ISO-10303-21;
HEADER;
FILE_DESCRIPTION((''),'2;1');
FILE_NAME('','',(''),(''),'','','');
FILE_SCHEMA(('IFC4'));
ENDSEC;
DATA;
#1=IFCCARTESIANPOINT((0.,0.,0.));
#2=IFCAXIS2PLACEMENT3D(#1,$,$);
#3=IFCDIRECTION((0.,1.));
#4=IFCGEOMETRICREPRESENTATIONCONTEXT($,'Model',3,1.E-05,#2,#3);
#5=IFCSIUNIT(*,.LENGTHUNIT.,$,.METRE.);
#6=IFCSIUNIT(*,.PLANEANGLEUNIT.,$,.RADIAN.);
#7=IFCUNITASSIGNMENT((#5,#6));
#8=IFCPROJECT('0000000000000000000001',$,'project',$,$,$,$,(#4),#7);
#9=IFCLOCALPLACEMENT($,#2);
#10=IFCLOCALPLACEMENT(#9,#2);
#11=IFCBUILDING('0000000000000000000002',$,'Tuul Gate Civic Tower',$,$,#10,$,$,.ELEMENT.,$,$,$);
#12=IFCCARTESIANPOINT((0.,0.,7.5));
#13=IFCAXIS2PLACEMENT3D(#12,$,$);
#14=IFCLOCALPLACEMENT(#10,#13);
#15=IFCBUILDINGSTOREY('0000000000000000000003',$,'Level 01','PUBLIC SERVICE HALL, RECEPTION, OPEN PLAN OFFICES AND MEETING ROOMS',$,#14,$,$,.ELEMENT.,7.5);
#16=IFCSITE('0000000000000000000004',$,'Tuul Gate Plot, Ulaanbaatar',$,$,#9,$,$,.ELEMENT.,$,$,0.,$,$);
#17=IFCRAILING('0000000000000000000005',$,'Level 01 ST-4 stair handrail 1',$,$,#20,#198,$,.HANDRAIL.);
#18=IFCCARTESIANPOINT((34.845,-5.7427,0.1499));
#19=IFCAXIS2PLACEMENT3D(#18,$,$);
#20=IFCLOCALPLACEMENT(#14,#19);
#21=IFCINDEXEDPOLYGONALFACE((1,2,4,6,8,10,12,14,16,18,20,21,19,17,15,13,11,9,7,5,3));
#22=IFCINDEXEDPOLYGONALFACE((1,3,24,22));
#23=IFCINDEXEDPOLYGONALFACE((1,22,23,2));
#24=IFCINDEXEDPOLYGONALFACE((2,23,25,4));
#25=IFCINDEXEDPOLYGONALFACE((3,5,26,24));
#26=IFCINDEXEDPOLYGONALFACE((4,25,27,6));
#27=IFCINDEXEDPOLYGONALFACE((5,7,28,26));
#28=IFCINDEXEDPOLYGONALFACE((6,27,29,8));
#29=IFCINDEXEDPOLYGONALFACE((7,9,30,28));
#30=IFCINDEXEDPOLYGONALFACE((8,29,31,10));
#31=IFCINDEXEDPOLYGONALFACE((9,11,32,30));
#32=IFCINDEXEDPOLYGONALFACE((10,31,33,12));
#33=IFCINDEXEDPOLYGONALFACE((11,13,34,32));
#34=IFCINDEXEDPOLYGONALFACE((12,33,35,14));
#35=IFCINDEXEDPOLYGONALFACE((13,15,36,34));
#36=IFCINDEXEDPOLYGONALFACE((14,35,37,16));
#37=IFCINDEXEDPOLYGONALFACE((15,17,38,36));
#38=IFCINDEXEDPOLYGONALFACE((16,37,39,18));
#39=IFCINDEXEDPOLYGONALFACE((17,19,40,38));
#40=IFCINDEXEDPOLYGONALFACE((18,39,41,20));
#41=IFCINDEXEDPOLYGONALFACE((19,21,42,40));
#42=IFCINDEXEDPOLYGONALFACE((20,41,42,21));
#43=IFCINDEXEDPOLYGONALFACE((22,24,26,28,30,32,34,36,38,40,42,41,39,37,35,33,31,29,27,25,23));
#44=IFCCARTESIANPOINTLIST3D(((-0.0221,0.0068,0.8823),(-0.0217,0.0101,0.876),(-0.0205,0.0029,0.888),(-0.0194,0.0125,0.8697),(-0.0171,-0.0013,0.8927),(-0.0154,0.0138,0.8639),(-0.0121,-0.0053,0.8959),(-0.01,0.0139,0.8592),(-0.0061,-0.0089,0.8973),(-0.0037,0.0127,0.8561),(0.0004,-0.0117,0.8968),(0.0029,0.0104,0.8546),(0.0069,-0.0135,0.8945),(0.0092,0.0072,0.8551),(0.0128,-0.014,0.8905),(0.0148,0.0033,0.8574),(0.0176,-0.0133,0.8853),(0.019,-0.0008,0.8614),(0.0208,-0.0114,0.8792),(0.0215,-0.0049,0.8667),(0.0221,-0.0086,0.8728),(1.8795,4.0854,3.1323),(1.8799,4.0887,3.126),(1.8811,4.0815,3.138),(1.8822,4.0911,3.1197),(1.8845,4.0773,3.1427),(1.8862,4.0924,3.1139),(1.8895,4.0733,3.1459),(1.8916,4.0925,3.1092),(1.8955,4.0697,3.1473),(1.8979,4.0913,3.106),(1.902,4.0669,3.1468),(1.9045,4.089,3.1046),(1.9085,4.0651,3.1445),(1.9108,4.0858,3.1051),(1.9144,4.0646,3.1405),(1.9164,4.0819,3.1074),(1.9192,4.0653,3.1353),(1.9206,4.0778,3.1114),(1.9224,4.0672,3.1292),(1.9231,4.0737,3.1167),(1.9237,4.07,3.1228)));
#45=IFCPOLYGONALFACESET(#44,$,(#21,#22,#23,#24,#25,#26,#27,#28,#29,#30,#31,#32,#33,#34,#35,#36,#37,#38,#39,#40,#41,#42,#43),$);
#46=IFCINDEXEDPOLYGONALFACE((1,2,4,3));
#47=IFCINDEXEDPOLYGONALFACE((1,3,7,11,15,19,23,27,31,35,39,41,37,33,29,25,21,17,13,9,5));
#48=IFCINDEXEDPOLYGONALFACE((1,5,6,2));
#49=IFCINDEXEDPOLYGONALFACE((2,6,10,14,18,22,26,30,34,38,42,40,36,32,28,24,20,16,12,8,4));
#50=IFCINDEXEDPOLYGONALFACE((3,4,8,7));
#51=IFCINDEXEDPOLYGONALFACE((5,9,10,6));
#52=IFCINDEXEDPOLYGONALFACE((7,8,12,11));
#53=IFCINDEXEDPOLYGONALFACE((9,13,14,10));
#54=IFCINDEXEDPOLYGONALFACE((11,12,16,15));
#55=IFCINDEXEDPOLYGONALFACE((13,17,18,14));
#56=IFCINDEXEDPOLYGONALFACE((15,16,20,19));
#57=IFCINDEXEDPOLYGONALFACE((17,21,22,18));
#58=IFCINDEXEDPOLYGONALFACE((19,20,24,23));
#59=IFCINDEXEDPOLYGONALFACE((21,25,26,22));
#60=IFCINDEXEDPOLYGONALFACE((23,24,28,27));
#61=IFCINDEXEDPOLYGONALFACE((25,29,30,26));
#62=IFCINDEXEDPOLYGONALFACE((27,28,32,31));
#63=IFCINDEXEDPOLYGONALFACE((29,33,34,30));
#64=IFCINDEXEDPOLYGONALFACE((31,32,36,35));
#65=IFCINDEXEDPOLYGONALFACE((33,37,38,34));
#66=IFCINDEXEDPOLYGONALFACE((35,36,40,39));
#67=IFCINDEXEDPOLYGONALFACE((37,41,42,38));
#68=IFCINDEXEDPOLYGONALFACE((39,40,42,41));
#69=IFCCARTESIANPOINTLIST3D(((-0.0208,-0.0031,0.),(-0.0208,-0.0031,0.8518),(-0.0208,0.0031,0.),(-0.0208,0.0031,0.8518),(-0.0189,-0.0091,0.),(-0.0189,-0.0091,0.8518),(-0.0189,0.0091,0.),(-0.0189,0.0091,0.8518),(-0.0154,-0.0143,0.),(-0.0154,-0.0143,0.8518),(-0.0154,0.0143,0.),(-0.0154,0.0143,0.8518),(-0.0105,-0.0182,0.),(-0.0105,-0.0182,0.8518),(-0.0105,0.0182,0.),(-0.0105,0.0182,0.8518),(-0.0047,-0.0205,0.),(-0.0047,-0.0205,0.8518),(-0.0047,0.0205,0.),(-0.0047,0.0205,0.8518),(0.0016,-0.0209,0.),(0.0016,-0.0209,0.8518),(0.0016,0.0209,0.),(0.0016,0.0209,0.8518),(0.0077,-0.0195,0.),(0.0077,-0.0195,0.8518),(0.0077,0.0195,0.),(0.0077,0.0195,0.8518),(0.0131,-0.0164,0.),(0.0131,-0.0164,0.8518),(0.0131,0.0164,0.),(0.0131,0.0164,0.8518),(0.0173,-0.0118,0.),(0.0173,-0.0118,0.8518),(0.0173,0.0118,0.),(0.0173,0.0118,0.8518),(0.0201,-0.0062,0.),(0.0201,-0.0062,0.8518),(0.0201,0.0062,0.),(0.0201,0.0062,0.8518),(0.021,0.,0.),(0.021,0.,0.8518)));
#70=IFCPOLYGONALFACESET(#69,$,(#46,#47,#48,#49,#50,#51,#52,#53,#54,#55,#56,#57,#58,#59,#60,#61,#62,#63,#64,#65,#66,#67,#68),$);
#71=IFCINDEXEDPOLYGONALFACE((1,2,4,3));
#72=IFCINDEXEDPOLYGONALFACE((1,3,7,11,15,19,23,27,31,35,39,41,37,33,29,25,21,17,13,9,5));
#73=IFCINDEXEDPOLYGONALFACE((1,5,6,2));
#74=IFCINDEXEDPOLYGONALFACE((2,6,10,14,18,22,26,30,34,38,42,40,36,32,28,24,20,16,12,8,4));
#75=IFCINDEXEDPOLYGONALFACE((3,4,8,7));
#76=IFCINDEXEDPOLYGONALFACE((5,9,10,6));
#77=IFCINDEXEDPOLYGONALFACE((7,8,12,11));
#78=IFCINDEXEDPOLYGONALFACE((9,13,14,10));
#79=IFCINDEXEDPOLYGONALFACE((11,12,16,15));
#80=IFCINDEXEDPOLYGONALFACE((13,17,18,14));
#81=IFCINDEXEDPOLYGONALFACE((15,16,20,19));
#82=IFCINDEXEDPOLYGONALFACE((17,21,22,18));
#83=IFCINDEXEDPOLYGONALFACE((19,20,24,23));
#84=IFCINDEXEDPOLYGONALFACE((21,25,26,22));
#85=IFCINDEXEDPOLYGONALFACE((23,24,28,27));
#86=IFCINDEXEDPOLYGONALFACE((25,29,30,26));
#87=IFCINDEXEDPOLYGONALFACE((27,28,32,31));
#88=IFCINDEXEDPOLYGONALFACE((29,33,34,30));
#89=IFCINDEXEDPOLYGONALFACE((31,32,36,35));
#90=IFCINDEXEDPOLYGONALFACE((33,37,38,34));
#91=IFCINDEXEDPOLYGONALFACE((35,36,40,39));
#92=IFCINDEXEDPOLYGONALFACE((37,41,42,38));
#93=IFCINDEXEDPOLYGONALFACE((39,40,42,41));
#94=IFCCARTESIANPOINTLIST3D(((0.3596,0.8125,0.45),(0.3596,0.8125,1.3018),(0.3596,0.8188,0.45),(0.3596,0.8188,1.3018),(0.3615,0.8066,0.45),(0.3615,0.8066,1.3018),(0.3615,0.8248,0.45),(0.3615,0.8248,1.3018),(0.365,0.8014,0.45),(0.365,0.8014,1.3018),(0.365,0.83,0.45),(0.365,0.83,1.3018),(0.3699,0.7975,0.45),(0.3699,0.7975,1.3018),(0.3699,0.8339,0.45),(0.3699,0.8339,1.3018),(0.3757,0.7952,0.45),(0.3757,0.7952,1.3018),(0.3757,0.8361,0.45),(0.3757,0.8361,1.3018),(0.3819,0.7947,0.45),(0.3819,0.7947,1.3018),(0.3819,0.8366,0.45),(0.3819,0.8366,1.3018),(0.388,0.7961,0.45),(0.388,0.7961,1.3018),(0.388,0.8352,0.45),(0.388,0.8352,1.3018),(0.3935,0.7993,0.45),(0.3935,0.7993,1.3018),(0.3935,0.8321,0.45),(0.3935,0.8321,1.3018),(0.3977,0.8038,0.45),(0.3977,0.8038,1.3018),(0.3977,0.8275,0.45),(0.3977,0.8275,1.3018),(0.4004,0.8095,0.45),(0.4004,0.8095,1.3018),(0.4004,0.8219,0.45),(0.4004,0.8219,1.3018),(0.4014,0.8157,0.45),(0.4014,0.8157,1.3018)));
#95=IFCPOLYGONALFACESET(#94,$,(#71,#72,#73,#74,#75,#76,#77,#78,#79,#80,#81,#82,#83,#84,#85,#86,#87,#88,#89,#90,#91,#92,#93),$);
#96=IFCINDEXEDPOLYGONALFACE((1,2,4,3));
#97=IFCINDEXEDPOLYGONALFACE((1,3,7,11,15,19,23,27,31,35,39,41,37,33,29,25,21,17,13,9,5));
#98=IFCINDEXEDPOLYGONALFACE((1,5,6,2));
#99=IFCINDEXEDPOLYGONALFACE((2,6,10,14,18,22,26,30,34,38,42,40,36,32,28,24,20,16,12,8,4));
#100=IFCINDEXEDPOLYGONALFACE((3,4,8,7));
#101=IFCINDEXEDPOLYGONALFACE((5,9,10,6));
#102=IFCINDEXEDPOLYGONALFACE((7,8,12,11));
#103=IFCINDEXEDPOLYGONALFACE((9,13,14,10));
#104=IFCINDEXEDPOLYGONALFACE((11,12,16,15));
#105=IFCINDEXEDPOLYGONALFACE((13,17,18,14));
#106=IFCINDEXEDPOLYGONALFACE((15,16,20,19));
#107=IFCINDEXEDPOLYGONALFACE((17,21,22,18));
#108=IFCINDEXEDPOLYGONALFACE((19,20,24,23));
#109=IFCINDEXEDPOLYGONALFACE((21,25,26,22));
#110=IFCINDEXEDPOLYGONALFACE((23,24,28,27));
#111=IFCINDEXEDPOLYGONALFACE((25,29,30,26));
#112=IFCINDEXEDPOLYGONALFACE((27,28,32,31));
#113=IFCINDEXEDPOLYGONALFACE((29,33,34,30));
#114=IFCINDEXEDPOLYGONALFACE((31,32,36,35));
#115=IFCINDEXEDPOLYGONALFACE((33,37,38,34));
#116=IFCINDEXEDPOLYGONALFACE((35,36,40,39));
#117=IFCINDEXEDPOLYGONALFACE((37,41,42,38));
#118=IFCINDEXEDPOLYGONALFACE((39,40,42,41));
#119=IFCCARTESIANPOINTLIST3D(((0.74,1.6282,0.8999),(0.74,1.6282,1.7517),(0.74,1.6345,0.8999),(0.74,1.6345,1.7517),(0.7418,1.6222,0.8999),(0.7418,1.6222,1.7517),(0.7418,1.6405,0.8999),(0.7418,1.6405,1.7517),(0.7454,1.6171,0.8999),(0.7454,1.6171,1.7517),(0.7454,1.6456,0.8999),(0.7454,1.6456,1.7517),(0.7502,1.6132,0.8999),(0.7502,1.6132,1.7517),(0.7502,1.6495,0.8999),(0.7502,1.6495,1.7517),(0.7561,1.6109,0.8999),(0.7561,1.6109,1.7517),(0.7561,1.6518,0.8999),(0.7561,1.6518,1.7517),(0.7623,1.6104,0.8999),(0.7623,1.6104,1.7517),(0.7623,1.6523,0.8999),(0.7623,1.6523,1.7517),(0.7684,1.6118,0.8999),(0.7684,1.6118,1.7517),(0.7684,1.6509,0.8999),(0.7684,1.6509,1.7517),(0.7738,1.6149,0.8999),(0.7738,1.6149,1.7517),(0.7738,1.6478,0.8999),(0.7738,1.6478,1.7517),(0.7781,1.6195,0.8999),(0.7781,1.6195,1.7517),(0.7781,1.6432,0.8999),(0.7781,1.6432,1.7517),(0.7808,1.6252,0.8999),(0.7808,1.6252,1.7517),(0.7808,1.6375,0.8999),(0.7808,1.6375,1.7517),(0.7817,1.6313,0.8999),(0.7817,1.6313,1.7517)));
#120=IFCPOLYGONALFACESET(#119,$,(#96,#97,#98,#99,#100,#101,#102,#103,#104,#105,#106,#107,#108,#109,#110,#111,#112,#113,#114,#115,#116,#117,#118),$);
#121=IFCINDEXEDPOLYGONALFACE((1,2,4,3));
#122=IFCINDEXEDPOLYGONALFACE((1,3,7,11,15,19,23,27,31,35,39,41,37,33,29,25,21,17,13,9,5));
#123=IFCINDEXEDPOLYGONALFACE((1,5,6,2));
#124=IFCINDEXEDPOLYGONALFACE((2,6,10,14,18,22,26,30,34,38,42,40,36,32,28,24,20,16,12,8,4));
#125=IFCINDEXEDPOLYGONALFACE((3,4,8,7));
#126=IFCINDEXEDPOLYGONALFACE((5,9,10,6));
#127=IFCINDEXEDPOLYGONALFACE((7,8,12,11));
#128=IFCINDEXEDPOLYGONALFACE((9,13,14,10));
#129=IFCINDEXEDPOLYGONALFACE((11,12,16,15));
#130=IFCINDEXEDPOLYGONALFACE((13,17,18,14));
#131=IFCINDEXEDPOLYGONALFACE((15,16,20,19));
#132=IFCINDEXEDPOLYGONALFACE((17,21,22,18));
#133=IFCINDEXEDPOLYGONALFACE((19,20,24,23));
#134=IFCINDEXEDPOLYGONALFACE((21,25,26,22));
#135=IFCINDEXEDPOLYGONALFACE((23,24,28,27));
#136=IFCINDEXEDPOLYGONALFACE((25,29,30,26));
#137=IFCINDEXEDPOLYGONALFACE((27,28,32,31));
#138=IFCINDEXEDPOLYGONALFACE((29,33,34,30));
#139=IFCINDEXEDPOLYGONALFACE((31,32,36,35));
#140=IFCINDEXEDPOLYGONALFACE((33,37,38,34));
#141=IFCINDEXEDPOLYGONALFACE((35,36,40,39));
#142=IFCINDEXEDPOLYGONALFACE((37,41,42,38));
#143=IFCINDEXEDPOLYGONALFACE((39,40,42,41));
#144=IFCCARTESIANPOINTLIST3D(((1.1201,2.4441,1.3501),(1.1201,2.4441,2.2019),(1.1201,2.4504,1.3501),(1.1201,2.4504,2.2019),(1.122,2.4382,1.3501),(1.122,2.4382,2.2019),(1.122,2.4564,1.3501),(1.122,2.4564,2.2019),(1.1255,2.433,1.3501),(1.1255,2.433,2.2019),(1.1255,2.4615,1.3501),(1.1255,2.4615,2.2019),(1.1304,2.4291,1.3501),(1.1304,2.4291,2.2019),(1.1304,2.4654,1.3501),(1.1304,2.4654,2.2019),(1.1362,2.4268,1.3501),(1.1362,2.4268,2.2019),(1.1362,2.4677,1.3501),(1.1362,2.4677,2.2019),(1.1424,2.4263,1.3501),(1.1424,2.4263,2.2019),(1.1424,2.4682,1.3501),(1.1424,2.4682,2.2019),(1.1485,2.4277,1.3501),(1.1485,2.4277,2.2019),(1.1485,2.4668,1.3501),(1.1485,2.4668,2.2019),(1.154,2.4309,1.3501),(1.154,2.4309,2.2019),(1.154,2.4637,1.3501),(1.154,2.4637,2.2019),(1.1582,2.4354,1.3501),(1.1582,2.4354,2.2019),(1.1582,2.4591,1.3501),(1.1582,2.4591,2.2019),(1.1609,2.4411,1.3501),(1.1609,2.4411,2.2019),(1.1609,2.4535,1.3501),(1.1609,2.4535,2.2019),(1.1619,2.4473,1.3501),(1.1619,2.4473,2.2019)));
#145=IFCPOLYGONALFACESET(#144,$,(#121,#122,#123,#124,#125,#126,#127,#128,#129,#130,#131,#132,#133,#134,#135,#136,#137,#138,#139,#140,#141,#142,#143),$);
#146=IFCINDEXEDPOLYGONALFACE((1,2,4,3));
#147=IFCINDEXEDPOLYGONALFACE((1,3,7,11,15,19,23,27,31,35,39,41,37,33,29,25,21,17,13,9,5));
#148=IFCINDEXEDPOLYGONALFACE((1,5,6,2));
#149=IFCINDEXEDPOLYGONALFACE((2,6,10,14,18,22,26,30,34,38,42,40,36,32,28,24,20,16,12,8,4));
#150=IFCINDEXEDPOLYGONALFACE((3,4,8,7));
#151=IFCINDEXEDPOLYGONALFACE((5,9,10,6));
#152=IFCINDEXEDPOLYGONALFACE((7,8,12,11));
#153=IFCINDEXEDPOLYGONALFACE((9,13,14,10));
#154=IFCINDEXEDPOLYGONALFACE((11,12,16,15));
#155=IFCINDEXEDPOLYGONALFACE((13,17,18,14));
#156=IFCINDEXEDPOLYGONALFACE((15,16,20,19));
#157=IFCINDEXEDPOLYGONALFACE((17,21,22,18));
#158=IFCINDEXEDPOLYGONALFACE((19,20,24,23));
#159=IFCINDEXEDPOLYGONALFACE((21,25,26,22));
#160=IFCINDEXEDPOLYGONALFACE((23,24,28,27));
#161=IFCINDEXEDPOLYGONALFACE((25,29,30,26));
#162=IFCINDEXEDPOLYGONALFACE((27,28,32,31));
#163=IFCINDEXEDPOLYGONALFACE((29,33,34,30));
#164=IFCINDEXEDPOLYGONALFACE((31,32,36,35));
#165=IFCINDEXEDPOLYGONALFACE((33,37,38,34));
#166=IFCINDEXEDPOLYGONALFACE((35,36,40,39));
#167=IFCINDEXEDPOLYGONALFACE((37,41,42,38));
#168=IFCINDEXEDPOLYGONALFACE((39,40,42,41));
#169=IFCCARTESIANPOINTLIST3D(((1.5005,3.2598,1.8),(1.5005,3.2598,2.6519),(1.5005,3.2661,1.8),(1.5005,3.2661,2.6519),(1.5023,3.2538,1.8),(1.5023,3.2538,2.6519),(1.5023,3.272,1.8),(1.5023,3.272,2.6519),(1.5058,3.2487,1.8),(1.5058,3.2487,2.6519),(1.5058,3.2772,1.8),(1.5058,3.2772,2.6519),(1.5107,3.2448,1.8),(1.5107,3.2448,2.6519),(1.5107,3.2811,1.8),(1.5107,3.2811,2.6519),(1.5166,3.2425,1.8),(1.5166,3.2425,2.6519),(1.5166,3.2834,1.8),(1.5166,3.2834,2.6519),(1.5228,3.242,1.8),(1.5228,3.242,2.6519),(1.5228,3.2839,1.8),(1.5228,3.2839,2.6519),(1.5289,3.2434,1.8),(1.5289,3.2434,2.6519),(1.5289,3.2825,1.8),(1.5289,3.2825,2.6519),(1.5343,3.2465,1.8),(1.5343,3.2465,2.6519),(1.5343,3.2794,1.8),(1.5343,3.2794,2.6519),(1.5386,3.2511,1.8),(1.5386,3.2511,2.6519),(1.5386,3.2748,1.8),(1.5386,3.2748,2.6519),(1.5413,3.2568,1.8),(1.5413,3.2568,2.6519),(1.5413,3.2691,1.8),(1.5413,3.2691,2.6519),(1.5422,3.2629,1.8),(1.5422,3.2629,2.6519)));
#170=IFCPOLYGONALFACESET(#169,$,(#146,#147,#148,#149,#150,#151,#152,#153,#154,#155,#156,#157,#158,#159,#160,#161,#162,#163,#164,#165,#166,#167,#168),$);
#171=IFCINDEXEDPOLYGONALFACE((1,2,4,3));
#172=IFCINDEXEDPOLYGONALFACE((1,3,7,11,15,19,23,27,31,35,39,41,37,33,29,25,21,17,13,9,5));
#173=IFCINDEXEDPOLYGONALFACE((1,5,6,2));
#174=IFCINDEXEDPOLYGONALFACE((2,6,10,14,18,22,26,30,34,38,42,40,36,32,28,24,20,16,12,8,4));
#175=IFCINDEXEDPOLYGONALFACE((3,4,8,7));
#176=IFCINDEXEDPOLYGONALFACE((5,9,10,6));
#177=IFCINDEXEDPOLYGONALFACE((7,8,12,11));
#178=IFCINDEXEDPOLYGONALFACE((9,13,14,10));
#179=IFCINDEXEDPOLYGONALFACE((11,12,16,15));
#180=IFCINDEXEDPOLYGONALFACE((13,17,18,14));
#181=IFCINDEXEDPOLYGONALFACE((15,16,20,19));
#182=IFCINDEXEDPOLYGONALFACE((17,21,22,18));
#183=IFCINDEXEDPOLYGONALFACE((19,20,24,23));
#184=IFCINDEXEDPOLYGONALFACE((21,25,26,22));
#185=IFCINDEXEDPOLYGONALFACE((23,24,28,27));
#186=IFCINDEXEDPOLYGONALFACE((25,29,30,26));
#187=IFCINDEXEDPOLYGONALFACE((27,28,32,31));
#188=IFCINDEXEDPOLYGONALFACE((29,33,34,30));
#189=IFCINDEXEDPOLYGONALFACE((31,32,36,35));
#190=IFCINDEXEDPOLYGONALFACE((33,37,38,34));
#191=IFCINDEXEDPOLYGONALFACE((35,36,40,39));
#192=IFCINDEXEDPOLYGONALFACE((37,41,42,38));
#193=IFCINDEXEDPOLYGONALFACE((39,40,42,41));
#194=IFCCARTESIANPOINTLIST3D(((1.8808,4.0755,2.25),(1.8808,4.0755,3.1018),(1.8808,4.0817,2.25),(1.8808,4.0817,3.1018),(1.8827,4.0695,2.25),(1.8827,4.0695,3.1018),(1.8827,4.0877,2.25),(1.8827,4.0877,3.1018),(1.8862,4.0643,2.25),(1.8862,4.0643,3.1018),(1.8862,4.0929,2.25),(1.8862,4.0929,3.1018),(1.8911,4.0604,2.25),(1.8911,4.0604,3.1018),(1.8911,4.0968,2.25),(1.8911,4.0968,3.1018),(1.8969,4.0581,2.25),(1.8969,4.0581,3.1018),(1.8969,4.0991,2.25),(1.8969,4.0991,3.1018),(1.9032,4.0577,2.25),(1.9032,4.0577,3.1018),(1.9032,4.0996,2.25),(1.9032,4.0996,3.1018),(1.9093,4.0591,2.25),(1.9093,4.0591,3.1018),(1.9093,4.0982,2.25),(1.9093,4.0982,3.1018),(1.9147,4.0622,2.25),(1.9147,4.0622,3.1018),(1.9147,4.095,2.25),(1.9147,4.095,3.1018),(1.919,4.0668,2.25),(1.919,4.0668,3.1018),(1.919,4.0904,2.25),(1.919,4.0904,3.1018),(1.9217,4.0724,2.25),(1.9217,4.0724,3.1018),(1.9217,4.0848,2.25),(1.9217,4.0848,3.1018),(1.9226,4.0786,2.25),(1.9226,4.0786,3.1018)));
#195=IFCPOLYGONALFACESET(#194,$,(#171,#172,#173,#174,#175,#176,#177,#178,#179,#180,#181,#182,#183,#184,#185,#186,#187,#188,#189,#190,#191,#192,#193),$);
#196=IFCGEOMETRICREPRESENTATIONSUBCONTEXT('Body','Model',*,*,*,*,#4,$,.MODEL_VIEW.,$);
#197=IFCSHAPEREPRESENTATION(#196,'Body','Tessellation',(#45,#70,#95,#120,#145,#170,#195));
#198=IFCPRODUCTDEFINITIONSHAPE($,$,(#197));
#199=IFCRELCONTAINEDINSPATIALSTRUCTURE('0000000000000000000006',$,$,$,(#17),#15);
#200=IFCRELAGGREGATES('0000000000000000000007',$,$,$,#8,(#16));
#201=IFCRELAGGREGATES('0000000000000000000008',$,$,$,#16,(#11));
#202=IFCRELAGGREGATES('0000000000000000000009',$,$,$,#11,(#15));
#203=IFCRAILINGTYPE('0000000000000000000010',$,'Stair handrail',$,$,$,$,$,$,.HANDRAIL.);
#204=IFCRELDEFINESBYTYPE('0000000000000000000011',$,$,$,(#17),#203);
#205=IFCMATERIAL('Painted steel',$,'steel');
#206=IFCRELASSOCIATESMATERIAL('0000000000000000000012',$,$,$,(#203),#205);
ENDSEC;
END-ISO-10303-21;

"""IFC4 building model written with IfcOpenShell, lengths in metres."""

from ifc_helpers import new_model, si_unit, direction, frame, origin, origin_2d, place, context, subcontext, project, spatial, circle, extrude, material, type_object, element, save


model = new_model("IFC4")

# Units and contexts
model_context = context("Model", 3, precision=1e-05, world=origin(), true_north=direction((0.0, 1.0)))
body_context = subcontext(model_context, "Body", "Model", "MODEL_VIEW")
ifc_project = project(units=[si_unit("LENGTHUNIT", "METRE"), si_unit("PLANEANGLEUNIT", "RADIAN")], contexts=[model_context])

# Site, building, storey
site_placement = place(None, origin())
site = spatial("IfcSite", under=ifc_project, at=site_placement, Name="Tuul Gate Plot, Ulaanbaatar", CompositionType="ELEMENT", RefElevation=0.0)
building_placement = place(site_placement, origin())
building = spatial("IfcBuilding", under=site, at=building_placement, Name="Tuul Gate Civic Tower", CompositionType="ELEMENT")
storey_placement = place(building_placement, frame((0.0, 0.0, 7.5)))
storey = spatial("IfcBuildingStorey", under=building, at=storey_placement, Name="Level 01", Description="PUBLIC SERVICE HALL, RECEPTION, OPEN PLAN OFFICES AND MEETING ROOMS", CompositionType="ELEMENT", Elevation=7.5)

# Railing
ifc_material_1 = material(Name="Painted steel", Category="steel")
railing_type_1 = type_object("IfcRailingType", Name="Stair handrail", PredefinedType="HANDRAIL", material=ifc_material_1)
railing_1_placement = place(storey_placement, frame((34.845, -5.7427, 0.1499)))
element("IfcRailing", 1, at=railing_1_placement, inside=storey, type_object=railing_type_1, Name="Level 01 ST-4 stair handrail 1", PredefinedType="HANDRAIL", context=body_context, shape_type="SweptSolid", body=[
    extrude(circle(Radius=0.0239, at=origin_2d()), frame((0.0, 0.0, 0.876), z_axis=(0.377958, 0.810652, 0.447203), x_axis=(-0.906331, 0.422568, 0.0)), (0.0, 0.0, 1.0), 5.0312),
    extrude(circle(Radius=0.021, at=origin_2d()), origin(), (0.0, 0.0, 1.0), 0.8518),
    extrude(circle(Radius=0.021, at=origin_2d()), frame((0.3804, 0.8157, 0.45)), (0.0, 0.0, 1.0), 0.8518),
    extrude(circle(Radius=0.021, at=origin_2d()), frame((0.7607, 1.6313, 0.8999)), (0.0, 0.0, 1.0), 0.8518),
    extrude(circle(Radius=0.021, at=origin_2d()), frame((1.1409, 2.4473, 1.3501)), (0.0, 0.0, 1.0), 0.8518),
    extrude(circle(Radius=0.021, at=origin_2d()), frame((1.5212, 3.2629, 1.8)), (0.0, 0.0, 1.0), 0.8518),
    extrude(circle(Radius=0.021, at=origin_2d()), frame((1.9016, 4.0786, 2.25)), (0.0, 0.0, 1.0), 0.8518),
])

save(model, "model.ifc")
